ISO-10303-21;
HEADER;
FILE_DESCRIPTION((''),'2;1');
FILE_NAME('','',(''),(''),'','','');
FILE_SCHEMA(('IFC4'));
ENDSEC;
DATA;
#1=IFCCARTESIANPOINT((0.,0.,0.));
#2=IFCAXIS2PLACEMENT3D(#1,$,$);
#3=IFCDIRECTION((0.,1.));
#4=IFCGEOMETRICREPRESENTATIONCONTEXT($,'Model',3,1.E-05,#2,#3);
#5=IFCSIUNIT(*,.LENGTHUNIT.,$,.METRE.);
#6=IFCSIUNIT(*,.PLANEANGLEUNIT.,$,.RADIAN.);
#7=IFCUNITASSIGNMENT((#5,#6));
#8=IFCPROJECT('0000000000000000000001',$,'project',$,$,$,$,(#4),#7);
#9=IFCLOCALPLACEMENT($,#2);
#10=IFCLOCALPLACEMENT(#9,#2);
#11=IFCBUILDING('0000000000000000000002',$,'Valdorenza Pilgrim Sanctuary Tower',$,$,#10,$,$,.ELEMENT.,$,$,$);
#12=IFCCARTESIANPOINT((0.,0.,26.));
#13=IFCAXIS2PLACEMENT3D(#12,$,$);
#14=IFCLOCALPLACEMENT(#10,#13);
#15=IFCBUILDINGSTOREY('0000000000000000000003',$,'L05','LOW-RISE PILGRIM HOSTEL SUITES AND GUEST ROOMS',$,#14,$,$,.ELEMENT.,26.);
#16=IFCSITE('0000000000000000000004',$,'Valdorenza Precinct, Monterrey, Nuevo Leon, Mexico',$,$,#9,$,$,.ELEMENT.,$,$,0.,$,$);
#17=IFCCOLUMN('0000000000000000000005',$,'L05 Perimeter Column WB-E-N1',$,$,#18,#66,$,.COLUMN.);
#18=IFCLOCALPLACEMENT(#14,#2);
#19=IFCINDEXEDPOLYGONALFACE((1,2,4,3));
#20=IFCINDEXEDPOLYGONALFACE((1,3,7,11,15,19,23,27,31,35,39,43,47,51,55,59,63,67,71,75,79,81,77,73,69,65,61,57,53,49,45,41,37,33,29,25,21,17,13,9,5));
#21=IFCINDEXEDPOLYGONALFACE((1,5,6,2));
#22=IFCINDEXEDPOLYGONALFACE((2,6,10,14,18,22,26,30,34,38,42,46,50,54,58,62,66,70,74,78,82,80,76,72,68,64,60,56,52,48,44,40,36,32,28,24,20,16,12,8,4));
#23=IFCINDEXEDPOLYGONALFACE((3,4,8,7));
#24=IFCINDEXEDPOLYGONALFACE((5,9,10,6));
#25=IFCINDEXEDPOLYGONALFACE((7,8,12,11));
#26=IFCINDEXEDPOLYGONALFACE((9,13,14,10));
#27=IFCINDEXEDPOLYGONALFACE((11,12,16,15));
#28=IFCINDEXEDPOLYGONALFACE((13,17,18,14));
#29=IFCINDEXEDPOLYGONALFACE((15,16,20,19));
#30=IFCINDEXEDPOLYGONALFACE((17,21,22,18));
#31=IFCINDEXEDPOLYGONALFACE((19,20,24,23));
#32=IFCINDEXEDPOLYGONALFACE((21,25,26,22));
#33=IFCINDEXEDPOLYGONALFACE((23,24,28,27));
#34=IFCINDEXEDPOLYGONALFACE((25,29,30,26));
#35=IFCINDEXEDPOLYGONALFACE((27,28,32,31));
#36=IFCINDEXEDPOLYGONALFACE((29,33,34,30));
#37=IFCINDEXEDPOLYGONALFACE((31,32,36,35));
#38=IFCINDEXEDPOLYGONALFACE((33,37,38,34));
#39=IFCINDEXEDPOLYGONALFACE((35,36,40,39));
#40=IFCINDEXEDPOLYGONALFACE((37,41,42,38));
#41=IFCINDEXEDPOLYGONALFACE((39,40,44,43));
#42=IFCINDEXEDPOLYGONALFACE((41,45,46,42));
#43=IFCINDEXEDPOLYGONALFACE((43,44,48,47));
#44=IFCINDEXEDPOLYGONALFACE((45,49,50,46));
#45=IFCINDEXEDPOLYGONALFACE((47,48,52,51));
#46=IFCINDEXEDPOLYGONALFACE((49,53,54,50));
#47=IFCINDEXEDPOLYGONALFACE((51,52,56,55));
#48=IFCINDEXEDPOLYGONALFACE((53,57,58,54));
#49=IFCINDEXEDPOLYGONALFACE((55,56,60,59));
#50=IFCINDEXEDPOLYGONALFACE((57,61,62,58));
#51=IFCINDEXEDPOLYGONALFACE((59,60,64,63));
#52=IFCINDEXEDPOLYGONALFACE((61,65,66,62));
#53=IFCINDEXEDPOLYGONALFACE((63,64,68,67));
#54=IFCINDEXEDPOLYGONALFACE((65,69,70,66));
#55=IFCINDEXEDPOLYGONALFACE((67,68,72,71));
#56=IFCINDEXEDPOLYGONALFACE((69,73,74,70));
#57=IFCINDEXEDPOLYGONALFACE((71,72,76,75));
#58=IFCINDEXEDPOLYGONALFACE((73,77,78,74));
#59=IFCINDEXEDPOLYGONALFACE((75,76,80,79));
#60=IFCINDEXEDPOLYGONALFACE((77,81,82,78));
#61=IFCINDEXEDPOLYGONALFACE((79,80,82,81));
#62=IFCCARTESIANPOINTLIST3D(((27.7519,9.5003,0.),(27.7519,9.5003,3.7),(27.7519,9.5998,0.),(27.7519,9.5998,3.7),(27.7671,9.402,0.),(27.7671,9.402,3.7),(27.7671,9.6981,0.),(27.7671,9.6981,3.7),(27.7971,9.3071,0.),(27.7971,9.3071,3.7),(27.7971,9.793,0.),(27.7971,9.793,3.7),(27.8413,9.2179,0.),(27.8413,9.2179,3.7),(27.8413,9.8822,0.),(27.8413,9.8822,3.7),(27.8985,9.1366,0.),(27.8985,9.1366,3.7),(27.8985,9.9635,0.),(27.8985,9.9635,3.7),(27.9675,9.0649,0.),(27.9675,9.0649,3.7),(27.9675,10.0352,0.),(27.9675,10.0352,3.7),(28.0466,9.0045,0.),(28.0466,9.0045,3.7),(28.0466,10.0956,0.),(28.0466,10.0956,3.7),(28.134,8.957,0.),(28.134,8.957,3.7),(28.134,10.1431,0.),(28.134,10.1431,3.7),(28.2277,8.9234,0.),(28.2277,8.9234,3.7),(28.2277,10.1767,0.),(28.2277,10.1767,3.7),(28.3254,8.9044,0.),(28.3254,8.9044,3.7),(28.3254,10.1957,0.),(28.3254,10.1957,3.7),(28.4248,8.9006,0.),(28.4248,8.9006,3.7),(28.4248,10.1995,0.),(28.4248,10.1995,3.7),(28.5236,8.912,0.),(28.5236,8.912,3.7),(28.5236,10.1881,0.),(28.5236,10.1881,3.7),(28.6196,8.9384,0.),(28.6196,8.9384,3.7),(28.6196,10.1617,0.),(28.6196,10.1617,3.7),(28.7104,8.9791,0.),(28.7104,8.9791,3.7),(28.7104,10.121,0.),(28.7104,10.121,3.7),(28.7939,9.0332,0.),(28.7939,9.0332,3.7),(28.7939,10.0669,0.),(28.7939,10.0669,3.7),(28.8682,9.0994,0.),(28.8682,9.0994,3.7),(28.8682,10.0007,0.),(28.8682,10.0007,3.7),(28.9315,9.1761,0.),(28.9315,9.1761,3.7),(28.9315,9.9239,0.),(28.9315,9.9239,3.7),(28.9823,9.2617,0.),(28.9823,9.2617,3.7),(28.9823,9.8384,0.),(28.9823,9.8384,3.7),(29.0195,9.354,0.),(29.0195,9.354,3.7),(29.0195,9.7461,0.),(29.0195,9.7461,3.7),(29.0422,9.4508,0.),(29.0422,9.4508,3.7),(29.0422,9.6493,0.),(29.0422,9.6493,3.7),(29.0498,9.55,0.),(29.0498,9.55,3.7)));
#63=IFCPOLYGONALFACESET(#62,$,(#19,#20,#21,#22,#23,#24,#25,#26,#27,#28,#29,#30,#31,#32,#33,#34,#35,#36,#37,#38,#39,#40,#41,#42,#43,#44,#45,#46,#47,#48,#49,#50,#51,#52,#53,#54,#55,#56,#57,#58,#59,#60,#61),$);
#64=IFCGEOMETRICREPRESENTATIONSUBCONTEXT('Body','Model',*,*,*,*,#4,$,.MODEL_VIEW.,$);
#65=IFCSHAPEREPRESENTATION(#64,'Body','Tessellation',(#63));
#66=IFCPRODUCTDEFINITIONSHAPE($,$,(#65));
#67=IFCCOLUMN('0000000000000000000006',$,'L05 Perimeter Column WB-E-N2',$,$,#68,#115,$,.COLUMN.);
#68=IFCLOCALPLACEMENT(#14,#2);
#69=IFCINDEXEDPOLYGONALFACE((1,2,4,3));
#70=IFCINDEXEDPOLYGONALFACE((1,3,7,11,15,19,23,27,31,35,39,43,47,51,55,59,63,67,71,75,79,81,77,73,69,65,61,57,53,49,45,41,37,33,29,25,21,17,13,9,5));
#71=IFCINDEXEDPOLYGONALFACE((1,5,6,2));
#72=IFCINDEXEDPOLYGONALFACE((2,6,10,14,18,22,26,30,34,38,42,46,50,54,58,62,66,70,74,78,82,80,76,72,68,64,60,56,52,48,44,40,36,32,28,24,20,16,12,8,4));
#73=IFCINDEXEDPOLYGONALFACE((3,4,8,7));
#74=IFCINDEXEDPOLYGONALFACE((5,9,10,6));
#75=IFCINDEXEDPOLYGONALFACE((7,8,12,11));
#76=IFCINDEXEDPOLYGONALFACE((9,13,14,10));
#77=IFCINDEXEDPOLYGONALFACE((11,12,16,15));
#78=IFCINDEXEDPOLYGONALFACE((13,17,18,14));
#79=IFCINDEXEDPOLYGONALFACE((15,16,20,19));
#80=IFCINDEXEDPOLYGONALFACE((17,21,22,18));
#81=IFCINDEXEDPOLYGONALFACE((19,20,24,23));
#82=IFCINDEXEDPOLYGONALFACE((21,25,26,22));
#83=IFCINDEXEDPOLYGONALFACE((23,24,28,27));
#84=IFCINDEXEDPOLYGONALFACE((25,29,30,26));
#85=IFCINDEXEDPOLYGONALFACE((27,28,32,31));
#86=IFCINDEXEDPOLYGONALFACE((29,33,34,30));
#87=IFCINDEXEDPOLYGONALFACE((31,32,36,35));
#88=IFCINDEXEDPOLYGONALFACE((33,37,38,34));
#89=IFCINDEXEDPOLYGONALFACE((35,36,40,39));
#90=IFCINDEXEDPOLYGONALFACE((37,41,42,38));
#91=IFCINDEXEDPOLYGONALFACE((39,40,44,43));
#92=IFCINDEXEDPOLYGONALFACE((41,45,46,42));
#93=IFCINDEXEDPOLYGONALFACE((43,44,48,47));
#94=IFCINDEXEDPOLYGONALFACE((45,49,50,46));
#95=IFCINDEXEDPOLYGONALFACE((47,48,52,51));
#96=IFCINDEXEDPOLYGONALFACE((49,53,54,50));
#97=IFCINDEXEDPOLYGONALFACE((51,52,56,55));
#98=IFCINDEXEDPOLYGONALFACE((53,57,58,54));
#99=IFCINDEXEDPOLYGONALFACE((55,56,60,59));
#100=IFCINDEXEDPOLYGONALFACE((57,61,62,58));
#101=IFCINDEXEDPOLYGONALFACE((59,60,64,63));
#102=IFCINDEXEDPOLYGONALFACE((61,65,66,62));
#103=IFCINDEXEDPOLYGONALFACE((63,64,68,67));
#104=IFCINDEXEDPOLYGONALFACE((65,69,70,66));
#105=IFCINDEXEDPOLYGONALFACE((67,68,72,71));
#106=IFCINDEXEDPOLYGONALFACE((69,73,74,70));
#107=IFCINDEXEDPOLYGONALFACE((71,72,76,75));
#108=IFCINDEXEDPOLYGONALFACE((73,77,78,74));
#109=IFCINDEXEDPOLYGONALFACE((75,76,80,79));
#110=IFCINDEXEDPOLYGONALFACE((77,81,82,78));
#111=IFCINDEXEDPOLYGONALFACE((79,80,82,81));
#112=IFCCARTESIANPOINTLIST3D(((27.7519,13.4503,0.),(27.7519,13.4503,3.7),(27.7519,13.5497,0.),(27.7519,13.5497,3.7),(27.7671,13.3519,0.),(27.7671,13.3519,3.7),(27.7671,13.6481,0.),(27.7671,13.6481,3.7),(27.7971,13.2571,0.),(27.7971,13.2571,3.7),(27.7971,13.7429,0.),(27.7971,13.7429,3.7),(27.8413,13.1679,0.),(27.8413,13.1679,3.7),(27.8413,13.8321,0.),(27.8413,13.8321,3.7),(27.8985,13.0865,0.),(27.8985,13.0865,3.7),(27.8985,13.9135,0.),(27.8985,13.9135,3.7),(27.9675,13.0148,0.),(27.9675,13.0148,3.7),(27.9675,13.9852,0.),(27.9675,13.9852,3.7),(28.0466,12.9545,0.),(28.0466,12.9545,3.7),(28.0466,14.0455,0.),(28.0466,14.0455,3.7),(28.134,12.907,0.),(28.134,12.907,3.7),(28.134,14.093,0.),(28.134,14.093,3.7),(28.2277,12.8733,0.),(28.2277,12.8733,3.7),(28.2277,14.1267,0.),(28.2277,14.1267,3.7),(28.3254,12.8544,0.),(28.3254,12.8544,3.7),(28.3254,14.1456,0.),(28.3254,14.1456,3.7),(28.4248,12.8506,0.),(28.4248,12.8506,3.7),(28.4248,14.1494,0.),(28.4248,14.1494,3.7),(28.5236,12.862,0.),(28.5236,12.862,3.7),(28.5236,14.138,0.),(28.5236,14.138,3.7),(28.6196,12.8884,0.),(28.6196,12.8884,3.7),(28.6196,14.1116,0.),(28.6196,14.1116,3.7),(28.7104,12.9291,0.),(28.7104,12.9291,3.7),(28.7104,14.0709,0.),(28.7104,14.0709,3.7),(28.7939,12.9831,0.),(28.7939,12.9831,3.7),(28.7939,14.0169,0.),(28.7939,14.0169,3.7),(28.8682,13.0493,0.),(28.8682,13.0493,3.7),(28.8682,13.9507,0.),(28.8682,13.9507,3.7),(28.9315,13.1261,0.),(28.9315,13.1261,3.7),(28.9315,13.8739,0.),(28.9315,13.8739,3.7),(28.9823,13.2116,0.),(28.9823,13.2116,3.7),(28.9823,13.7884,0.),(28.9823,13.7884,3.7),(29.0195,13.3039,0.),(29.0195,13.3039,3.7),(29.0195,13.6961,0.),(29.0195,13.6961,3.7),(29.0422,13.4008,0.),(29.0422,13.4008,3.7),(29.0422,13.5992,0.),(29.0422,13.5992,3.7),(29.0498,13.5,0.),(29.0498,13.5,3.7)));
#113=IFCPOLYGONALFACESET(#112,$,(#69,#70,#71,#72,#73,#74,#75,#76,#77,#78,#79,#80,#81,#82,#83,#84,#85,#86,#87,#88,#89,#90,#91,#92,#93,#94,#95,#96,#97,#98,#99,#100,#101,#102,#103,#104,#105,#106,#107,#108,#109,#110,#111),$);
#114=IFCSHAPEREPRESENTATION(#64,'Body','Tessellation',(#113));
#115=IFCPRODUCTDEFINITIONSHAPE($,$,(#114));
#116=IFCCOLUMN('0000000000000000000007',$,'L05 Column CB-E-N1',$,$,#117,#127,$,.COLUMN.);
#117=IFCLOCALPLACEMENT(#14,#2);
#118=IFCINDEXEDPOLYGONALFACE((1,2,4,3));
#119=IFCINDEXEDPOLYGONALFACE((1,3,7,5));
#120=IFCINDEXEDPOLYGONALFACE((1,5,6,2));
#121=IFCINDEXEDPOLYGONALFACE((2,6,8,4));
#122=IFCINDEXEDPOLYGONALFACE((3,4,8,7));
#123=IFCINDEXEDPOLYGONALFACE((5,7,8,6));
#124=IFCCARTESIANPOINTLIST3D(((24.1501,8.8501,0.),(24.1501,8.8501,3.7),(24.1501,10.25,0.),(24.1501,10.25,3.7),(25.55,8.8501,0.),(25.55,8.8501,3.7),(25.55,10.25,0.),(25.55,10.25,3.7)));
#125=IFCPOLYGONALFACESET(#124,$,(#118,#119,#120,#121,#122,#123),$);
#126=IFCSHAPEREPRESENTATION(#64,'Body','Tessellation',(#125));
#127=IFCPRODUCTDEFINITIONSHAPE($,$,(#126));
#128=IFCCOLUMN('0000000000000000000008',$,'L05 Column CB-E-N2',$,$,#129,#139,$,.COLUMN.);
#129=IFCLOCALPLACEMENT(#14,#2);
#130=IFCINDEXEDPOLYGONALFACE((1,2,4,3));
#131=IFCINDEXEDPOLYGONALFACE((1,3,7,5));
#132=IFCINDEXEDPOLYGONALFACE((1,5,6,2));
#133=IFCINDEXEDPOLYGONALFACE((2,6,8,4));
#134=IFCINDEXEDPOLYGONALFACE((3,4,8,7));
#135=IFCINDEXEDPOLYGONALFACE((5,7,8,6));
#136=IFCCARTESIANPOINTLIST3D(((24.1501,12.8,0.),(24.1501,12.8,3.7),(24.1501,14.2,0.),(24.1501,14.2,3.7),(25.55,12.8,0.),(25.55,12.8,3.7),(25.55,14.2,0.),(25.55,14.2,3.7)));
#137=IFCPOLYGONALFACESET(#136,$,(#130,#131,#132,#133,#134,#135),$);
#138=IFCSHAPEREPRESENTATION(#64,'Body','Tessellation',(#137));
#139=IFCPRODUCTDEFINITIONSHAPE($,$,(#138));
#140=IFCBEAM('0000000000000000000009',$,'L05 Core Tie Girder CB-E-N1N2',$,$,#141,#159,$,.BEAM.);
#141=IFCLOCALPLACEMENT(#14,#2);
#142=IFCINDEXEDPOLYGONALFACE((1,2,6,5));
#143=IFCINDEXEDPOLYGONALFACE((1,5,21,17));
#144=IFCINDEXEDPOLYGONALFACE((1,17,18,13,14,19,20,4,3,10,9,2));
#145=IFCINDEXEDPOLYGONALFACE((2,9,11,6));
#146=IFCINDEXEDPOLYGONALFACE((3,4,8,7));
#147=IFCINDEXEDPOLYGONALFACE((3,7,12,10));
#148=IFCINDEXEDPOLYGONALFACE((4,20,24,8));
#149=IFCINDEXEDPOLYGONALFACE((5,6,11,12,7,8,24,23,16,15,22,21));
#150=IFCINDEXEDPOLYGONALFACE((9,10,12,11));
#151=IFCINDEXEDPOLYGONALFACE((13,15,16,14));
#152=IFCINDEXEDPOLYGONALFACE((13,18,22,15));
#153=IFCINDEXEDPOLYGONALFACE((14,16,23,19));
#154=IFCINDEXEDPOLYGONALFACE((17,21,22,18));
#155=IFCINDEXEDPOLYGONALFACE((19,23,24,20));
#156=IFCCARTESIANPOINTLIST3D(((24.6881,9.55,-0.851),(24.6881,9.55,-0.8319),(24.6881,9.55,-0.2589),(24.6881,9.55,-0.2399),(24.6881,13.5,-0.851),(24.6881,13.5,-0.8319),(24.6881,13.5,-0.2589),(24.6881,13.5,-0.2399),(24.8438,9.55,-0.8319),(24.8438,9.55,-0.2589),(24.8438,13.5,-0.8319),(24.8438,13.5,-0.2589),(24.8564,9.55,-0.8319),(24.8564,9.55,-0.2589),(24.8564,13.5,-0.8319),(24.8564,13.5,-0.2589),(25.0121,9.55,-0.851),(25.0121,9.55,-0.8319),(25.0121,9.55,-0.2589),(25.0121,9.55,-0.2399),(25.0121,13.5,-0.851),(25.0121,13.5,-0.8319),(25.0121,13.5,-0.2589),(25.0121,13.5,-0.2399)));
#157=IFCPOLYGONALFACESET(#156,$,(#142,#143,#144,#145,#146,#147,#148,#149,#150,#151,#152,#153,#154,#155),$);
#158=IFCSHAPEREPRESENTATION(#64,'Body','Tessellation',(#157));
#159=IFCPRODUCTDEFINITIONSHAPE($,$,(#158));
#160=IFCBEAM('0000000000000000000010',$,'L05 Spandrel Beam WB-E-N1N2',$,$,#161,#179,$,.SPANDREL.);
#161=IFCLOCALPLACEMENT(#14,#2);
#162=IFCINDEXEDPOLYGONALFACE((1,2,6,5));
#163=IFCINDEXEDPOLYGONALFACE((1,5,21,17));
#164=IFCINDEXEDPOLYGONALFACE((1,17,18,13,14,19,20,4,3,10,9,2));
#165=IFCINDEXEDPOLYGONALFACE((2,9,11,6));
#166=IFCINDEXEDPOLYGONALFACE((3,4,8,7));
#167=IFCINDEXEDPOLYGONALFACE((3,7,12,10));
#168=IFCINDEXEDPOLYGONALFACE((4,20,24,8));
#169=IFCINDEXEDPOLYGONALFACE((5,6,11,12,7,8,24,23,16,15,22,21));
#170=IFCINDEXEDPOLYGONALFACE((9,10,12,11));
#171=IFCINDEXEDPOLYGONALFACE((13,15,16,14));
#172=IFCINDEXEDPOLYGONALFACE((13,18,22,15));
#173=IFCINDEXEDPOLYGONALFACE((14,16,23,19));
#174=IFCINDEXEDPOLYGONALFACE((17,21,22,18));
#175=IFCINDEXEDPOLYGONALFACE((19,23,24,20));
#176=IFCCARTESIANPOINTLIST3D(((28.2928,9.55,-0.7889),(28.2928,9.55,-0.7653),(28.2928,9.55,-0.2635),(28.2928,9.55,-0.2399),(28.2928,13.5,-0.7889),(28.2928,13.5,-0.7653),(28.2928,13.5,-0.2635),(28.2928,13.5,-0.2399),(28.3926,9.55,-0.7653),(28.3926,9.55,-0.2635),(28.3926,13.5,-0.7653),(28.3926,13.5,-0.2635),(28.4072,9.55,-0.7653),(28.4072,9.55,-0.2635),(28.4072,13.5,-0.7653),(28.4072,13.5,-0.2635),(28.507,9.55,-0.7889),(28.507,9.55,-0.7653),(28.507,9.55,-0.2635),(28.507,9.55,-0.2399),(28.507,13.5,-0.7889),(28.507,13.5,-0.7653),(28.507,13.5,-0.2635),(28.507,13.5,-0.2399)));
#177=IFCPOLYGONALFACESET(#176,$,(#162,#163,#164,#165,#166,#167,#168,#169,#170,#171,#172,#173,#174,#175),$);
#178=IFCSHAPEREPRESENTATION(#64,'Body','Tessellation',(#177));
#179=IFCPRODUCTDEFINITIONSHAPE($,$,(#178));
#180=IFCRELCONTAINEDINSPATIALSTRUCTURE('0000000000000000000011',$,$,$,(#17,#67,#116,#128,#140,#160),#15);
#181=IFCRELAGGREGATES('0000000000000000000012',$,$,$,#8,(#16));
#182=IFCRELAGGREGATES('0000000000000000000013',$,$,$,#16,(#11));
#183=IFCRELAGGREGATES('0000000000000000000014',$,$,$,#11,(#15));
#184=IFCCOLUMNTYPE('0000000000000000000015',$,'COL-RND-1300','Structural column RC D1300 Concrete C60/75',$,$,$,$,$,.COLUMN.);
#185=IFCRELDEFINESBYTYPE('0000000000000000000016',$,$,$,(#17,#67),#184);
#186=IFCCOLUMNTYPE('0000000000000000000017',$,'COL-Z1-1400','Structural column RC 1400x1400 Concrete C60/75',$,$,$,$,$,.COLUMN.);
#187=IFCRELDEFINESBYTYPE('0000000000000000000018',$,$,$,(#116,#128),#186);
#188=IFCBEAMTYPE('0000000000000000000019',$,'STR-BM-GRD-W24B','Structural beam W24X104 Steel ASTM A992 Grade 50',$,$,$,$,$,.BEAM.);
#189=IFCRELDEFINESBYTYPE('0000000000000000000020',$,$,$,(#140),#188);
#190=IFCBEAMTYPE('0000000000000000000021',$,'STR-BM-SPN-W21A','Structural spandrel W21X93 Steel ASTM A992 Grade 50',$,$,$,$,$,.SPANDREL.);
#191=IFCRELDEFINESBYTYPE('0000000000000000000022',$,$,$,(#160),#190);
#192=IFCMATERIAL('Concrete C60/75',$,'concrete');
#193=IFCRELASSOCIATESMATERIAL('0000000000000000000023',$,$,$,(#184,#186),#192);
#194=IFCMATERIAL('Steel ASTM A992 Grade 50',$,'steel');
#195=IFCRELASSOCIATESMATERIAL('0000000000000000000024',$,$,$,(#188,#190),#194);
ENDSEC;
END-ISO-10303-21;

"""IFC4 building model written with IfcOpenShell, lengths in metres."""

from ifc_helpers import new_model, si_unit, direction, frame, origin, origin_2d, place, context, subcontext, project, spatial, rectangle, circle, i_section, extrude, source, transform, mapped, material, material_profile, profile_set, type_object, element, save


model = new_model("IFC4")

# Units and contexts
model_context = context("Model", 3, precision=1e-05, world=origin(), true_north=direction((0.0, 1.0)))
body_context = subcontext(model_context, "Body", "Model", "MODEL_VIEW")
ifc_project = project(units=[si_unit("LENGTHUNIT", "METRE"), si_unit("PLANEANGLEUNIT", "RADIAN")], contexts=[model_context])

# Site, building, storey
site_placement = place(None, origin())
site = spatial("IfcSite", under=ifc_project, at=site_placement, Name="Valdorenza Precinct, Monterrey, Nuevo Leon, Mexico", CompositionType="ELEMENT", RefElevation=0.0)
building_placement = place(site_placement, origin())
building = spatial("IfcBuilding", under=site, at=building_placement, Name="Valdorenza Pilgrim Sanctuary Tower", CompositionType="ELEMENT")
storey_placement = place(building_placement, frame((0.0, 0.0, 26.0)))
storey = spatial("IfcBuildingStorey", under=building, at=storey_placement, Name="L05", Description="LOW-RISE PILGRIM HOSTEL SUITES AND GUEST ROOMS", CompositionType="ELEMENT", Elevation=26.0)

# Columns
ifc_material_1 = material(Name="Concrete C60/75", Category="concrete")
ifc_material_profile_1 = material_profile(ifc_material_1, circle(Radius=0.6499, at=origin_2d()), Name="RC D1300")
ifc_profile_set_1 = profile_set([ifc_material_profile_1], Name="Concrete C60/75")
column_type_1 = type_object("IfcColumnType", Name="COL-RND-1300", Description="Structural column RC D1300 Concrete C60/75", PredefinedType="COLUMN", material=ifc_profile_set_1)
shared_shape_1 = source(origin(), body_context, "Body", "SweptSolid", [
    extrude(circle(Radius=0.6499, at=origin_2d()), origin(), (0.0, 0.0, 1.0), 3.7),
])
for number, where, z_axis, x_axis, name in (
    (1, (28.3999, 9.55, 0.0), (0.0, 0.0, 1.0), (1.0, 0.0, 0.0), "L05 Perimeter Column WB-E-N1"),
    (2, (28.3999, 13.5, 0.0), (0.0, 0.0, 1.0), (1.0, 0.0, 0.0), "L05 Perimeter Column WB-E-N2"),
):
    element("IfcColumn", number, at=place(storey_placement, frame(where, z_axis=z_axis, x_axis=x_axis)), inside=storey, type_object=column_type_1, Name=name, PredefinedType="COLUMN", context=body_context, shape_type="MappedRepresentation", body=[
        mapped(shared_shape_1, transform((0.0, 0.0, 0.0), x_axis=(1.0, 0.0, 0.0), y_axis=(0.0, 1.0, 0.0), z_axis=(0.0, 0.0, 1.0), scale=1.0)),
    ])
ifc_material_profile_2 = material_profile(ifc_material_1, rectangle(XDim=1.3999, YDim=1.3999, at=origin_2d()), Name="RC 1400x1400")
ifc_profile_set_2 = profile_set([ifc_material_profile_2], Name="Concrete C60/75")
column_type_2 = type_object("IfcColumnType", Name="COL-Z1-1400", Description="Structural column RC 1400x1400 Concrete C60/75", PredefinedType="COLUMN", material=ifc_profile_set_2)
shared_shape_2 = source(origin(), body_context, "Body", "SweptSolid", [
    extrude(rectangle(XDim=1.3999, YDim=1.3999, at=origin_2d()), origin(), (0.0, 0.0, 1.0), 3.7),
])
for number, where, z_axis, x_axis, name in (
    (3, (24.8501, 9.55, 0.0), (0.0, 0.0, 1.0), (1.0, 0.0, 0.0), "L05 Column CB-E-N1"),
    (4, (24.8501, 13.5, 0.0), (0.0, 0.0, 1.0), (1.0, 0.0, 0.0), "L05 Column CB-E-N2"),
):
    element("IfcColumn", number, at=place(storey_placement, frame(where, z_axis=z_axis, x_axis=x_axis)), inside=storey, type_object=column_type_2, Name=name, PredefinedType="COLUMN", context=body_context, shape_type="MappedRepresentation", body=[
        mapped(shared_shape_2, transform((0.0, 0.0, 0.0), x_axis=(1.0, 0.0, 0.0), y_axis=(0.0, 1.0, 0.0), z_axis=(0.0, 0.0, 1.0), scale=1.0)),
    ])

# Beams
ifc_material_2 = material(Name="Steel ASTM A992 Grade 50", Category="steel")
ifc_material_profile_3 = material_profile(ifc_material_2, i_section(OverallWidth=0.324, OverallDepth=0.6111, WebThickness=0.0127, FlangeThickness=0.019, at=origin_2d()), Name="W24X104")
ifc_profile_set_3 = profile_set([ifc_material_profile_3], Name="Steel ASTM A992 Grade 50")
beam_type_1 = type_object("IfcBeamType", Name="STR-BM-GRD-W24B", Description="Structural beam W24X104 Steel ASTM A992 Grade 50", PredefinedType="BEAM", material=ifc_profile_set_3)
shared_shape_3 = source(origin(), body_context, "Body", "SweptSolid", [
    extrude(i_section(OverallWidth=0.324, OverallDepth=0.6111, WebThickness=0.0127, FlangeThickness=0.019, at=origin_2d()), origin(), (0.0, 0.0, 1.0), 3.95),
])
beam_1_placement = place(storey_placement, frame((24.8501, 9.55, -0.5454), z_axis=(0.0, 1.0, 0.0), x_axis=(-1.0, 0.0, 0.0)))
element("IfcBeam", 5, at=beam_1_placement, inside=storey, type_object=beam_type_1, Name="L05 Core Tie Girder CB-E-N1N2", PredefinedType="BEAM", context=body_context, shape_type="MappedRepresentation", body=[
    mapped(shared_shape_3, transform((0.0, 0.0, 0.0), x_axis=(1.0, 0.0, 0.0), y_axis=(0.0, 1.0, 0.0), z_axis=(0.0, 0.0, 1.0), scale=1.0)),
])
ifc_material_profile_4 = material_profile(ifc_material_2, i_section(OverallWidth=0.2141, OverallDepth=0.5491, WebThickness=0.0146, FlangeThickness=0.0237, at=origin_2d()), Name="W21X93")
ifc_profile_set_4 = profile_set([ifc_material_profile_4], Name="Steel ASTM A992 Grade 50")
beam_type_2 = type_object("IfcBeamType", Name="STR-BM-SPN-W21A", Description="Structural spandrel W21X93 Steel ASTM A992 Grade 50", PredefinedType="SPANDREL", material=ifc_profile_set_4)
shared_shape_4 = source(origin(), body_context, "Body", "SweptSolid", [
    extrude(i_section(OverallWidth=0.2141, OverallDepth=0.5491, WebThickness=0.0146, FlangeThickness=0.0237, at=origin_2d()), origin(), (0.0, 0.0, 1.0), 3.95),
])
beam_2_placement = place(storey_placement, frame((28.3999, 9.55, -0.5144), z_axis=(0.0, 1.0, 0.0), x_axis=(-1.0, 0.0, 0.0)))
element("IfcBeam", 6, at=beam_2_placement, inside=storey, type_object=beam_type_2, Name="L05 Spandrel Beam WB-E-N1N2", PredefinedType="SPANDREL", context=body_context, shape_type="MappedRepresentation", body=[
    mapped(shared_shape_4, transform((0.0, 0.0, 0.0), x_axis=(1.0, 0.0, 0.0), y_axis=(0.0, 1.0, 0.0), z_axis=(0.0, 0.0, 1.0), scale=1.0)),
])

save(model, "model.ifc")
